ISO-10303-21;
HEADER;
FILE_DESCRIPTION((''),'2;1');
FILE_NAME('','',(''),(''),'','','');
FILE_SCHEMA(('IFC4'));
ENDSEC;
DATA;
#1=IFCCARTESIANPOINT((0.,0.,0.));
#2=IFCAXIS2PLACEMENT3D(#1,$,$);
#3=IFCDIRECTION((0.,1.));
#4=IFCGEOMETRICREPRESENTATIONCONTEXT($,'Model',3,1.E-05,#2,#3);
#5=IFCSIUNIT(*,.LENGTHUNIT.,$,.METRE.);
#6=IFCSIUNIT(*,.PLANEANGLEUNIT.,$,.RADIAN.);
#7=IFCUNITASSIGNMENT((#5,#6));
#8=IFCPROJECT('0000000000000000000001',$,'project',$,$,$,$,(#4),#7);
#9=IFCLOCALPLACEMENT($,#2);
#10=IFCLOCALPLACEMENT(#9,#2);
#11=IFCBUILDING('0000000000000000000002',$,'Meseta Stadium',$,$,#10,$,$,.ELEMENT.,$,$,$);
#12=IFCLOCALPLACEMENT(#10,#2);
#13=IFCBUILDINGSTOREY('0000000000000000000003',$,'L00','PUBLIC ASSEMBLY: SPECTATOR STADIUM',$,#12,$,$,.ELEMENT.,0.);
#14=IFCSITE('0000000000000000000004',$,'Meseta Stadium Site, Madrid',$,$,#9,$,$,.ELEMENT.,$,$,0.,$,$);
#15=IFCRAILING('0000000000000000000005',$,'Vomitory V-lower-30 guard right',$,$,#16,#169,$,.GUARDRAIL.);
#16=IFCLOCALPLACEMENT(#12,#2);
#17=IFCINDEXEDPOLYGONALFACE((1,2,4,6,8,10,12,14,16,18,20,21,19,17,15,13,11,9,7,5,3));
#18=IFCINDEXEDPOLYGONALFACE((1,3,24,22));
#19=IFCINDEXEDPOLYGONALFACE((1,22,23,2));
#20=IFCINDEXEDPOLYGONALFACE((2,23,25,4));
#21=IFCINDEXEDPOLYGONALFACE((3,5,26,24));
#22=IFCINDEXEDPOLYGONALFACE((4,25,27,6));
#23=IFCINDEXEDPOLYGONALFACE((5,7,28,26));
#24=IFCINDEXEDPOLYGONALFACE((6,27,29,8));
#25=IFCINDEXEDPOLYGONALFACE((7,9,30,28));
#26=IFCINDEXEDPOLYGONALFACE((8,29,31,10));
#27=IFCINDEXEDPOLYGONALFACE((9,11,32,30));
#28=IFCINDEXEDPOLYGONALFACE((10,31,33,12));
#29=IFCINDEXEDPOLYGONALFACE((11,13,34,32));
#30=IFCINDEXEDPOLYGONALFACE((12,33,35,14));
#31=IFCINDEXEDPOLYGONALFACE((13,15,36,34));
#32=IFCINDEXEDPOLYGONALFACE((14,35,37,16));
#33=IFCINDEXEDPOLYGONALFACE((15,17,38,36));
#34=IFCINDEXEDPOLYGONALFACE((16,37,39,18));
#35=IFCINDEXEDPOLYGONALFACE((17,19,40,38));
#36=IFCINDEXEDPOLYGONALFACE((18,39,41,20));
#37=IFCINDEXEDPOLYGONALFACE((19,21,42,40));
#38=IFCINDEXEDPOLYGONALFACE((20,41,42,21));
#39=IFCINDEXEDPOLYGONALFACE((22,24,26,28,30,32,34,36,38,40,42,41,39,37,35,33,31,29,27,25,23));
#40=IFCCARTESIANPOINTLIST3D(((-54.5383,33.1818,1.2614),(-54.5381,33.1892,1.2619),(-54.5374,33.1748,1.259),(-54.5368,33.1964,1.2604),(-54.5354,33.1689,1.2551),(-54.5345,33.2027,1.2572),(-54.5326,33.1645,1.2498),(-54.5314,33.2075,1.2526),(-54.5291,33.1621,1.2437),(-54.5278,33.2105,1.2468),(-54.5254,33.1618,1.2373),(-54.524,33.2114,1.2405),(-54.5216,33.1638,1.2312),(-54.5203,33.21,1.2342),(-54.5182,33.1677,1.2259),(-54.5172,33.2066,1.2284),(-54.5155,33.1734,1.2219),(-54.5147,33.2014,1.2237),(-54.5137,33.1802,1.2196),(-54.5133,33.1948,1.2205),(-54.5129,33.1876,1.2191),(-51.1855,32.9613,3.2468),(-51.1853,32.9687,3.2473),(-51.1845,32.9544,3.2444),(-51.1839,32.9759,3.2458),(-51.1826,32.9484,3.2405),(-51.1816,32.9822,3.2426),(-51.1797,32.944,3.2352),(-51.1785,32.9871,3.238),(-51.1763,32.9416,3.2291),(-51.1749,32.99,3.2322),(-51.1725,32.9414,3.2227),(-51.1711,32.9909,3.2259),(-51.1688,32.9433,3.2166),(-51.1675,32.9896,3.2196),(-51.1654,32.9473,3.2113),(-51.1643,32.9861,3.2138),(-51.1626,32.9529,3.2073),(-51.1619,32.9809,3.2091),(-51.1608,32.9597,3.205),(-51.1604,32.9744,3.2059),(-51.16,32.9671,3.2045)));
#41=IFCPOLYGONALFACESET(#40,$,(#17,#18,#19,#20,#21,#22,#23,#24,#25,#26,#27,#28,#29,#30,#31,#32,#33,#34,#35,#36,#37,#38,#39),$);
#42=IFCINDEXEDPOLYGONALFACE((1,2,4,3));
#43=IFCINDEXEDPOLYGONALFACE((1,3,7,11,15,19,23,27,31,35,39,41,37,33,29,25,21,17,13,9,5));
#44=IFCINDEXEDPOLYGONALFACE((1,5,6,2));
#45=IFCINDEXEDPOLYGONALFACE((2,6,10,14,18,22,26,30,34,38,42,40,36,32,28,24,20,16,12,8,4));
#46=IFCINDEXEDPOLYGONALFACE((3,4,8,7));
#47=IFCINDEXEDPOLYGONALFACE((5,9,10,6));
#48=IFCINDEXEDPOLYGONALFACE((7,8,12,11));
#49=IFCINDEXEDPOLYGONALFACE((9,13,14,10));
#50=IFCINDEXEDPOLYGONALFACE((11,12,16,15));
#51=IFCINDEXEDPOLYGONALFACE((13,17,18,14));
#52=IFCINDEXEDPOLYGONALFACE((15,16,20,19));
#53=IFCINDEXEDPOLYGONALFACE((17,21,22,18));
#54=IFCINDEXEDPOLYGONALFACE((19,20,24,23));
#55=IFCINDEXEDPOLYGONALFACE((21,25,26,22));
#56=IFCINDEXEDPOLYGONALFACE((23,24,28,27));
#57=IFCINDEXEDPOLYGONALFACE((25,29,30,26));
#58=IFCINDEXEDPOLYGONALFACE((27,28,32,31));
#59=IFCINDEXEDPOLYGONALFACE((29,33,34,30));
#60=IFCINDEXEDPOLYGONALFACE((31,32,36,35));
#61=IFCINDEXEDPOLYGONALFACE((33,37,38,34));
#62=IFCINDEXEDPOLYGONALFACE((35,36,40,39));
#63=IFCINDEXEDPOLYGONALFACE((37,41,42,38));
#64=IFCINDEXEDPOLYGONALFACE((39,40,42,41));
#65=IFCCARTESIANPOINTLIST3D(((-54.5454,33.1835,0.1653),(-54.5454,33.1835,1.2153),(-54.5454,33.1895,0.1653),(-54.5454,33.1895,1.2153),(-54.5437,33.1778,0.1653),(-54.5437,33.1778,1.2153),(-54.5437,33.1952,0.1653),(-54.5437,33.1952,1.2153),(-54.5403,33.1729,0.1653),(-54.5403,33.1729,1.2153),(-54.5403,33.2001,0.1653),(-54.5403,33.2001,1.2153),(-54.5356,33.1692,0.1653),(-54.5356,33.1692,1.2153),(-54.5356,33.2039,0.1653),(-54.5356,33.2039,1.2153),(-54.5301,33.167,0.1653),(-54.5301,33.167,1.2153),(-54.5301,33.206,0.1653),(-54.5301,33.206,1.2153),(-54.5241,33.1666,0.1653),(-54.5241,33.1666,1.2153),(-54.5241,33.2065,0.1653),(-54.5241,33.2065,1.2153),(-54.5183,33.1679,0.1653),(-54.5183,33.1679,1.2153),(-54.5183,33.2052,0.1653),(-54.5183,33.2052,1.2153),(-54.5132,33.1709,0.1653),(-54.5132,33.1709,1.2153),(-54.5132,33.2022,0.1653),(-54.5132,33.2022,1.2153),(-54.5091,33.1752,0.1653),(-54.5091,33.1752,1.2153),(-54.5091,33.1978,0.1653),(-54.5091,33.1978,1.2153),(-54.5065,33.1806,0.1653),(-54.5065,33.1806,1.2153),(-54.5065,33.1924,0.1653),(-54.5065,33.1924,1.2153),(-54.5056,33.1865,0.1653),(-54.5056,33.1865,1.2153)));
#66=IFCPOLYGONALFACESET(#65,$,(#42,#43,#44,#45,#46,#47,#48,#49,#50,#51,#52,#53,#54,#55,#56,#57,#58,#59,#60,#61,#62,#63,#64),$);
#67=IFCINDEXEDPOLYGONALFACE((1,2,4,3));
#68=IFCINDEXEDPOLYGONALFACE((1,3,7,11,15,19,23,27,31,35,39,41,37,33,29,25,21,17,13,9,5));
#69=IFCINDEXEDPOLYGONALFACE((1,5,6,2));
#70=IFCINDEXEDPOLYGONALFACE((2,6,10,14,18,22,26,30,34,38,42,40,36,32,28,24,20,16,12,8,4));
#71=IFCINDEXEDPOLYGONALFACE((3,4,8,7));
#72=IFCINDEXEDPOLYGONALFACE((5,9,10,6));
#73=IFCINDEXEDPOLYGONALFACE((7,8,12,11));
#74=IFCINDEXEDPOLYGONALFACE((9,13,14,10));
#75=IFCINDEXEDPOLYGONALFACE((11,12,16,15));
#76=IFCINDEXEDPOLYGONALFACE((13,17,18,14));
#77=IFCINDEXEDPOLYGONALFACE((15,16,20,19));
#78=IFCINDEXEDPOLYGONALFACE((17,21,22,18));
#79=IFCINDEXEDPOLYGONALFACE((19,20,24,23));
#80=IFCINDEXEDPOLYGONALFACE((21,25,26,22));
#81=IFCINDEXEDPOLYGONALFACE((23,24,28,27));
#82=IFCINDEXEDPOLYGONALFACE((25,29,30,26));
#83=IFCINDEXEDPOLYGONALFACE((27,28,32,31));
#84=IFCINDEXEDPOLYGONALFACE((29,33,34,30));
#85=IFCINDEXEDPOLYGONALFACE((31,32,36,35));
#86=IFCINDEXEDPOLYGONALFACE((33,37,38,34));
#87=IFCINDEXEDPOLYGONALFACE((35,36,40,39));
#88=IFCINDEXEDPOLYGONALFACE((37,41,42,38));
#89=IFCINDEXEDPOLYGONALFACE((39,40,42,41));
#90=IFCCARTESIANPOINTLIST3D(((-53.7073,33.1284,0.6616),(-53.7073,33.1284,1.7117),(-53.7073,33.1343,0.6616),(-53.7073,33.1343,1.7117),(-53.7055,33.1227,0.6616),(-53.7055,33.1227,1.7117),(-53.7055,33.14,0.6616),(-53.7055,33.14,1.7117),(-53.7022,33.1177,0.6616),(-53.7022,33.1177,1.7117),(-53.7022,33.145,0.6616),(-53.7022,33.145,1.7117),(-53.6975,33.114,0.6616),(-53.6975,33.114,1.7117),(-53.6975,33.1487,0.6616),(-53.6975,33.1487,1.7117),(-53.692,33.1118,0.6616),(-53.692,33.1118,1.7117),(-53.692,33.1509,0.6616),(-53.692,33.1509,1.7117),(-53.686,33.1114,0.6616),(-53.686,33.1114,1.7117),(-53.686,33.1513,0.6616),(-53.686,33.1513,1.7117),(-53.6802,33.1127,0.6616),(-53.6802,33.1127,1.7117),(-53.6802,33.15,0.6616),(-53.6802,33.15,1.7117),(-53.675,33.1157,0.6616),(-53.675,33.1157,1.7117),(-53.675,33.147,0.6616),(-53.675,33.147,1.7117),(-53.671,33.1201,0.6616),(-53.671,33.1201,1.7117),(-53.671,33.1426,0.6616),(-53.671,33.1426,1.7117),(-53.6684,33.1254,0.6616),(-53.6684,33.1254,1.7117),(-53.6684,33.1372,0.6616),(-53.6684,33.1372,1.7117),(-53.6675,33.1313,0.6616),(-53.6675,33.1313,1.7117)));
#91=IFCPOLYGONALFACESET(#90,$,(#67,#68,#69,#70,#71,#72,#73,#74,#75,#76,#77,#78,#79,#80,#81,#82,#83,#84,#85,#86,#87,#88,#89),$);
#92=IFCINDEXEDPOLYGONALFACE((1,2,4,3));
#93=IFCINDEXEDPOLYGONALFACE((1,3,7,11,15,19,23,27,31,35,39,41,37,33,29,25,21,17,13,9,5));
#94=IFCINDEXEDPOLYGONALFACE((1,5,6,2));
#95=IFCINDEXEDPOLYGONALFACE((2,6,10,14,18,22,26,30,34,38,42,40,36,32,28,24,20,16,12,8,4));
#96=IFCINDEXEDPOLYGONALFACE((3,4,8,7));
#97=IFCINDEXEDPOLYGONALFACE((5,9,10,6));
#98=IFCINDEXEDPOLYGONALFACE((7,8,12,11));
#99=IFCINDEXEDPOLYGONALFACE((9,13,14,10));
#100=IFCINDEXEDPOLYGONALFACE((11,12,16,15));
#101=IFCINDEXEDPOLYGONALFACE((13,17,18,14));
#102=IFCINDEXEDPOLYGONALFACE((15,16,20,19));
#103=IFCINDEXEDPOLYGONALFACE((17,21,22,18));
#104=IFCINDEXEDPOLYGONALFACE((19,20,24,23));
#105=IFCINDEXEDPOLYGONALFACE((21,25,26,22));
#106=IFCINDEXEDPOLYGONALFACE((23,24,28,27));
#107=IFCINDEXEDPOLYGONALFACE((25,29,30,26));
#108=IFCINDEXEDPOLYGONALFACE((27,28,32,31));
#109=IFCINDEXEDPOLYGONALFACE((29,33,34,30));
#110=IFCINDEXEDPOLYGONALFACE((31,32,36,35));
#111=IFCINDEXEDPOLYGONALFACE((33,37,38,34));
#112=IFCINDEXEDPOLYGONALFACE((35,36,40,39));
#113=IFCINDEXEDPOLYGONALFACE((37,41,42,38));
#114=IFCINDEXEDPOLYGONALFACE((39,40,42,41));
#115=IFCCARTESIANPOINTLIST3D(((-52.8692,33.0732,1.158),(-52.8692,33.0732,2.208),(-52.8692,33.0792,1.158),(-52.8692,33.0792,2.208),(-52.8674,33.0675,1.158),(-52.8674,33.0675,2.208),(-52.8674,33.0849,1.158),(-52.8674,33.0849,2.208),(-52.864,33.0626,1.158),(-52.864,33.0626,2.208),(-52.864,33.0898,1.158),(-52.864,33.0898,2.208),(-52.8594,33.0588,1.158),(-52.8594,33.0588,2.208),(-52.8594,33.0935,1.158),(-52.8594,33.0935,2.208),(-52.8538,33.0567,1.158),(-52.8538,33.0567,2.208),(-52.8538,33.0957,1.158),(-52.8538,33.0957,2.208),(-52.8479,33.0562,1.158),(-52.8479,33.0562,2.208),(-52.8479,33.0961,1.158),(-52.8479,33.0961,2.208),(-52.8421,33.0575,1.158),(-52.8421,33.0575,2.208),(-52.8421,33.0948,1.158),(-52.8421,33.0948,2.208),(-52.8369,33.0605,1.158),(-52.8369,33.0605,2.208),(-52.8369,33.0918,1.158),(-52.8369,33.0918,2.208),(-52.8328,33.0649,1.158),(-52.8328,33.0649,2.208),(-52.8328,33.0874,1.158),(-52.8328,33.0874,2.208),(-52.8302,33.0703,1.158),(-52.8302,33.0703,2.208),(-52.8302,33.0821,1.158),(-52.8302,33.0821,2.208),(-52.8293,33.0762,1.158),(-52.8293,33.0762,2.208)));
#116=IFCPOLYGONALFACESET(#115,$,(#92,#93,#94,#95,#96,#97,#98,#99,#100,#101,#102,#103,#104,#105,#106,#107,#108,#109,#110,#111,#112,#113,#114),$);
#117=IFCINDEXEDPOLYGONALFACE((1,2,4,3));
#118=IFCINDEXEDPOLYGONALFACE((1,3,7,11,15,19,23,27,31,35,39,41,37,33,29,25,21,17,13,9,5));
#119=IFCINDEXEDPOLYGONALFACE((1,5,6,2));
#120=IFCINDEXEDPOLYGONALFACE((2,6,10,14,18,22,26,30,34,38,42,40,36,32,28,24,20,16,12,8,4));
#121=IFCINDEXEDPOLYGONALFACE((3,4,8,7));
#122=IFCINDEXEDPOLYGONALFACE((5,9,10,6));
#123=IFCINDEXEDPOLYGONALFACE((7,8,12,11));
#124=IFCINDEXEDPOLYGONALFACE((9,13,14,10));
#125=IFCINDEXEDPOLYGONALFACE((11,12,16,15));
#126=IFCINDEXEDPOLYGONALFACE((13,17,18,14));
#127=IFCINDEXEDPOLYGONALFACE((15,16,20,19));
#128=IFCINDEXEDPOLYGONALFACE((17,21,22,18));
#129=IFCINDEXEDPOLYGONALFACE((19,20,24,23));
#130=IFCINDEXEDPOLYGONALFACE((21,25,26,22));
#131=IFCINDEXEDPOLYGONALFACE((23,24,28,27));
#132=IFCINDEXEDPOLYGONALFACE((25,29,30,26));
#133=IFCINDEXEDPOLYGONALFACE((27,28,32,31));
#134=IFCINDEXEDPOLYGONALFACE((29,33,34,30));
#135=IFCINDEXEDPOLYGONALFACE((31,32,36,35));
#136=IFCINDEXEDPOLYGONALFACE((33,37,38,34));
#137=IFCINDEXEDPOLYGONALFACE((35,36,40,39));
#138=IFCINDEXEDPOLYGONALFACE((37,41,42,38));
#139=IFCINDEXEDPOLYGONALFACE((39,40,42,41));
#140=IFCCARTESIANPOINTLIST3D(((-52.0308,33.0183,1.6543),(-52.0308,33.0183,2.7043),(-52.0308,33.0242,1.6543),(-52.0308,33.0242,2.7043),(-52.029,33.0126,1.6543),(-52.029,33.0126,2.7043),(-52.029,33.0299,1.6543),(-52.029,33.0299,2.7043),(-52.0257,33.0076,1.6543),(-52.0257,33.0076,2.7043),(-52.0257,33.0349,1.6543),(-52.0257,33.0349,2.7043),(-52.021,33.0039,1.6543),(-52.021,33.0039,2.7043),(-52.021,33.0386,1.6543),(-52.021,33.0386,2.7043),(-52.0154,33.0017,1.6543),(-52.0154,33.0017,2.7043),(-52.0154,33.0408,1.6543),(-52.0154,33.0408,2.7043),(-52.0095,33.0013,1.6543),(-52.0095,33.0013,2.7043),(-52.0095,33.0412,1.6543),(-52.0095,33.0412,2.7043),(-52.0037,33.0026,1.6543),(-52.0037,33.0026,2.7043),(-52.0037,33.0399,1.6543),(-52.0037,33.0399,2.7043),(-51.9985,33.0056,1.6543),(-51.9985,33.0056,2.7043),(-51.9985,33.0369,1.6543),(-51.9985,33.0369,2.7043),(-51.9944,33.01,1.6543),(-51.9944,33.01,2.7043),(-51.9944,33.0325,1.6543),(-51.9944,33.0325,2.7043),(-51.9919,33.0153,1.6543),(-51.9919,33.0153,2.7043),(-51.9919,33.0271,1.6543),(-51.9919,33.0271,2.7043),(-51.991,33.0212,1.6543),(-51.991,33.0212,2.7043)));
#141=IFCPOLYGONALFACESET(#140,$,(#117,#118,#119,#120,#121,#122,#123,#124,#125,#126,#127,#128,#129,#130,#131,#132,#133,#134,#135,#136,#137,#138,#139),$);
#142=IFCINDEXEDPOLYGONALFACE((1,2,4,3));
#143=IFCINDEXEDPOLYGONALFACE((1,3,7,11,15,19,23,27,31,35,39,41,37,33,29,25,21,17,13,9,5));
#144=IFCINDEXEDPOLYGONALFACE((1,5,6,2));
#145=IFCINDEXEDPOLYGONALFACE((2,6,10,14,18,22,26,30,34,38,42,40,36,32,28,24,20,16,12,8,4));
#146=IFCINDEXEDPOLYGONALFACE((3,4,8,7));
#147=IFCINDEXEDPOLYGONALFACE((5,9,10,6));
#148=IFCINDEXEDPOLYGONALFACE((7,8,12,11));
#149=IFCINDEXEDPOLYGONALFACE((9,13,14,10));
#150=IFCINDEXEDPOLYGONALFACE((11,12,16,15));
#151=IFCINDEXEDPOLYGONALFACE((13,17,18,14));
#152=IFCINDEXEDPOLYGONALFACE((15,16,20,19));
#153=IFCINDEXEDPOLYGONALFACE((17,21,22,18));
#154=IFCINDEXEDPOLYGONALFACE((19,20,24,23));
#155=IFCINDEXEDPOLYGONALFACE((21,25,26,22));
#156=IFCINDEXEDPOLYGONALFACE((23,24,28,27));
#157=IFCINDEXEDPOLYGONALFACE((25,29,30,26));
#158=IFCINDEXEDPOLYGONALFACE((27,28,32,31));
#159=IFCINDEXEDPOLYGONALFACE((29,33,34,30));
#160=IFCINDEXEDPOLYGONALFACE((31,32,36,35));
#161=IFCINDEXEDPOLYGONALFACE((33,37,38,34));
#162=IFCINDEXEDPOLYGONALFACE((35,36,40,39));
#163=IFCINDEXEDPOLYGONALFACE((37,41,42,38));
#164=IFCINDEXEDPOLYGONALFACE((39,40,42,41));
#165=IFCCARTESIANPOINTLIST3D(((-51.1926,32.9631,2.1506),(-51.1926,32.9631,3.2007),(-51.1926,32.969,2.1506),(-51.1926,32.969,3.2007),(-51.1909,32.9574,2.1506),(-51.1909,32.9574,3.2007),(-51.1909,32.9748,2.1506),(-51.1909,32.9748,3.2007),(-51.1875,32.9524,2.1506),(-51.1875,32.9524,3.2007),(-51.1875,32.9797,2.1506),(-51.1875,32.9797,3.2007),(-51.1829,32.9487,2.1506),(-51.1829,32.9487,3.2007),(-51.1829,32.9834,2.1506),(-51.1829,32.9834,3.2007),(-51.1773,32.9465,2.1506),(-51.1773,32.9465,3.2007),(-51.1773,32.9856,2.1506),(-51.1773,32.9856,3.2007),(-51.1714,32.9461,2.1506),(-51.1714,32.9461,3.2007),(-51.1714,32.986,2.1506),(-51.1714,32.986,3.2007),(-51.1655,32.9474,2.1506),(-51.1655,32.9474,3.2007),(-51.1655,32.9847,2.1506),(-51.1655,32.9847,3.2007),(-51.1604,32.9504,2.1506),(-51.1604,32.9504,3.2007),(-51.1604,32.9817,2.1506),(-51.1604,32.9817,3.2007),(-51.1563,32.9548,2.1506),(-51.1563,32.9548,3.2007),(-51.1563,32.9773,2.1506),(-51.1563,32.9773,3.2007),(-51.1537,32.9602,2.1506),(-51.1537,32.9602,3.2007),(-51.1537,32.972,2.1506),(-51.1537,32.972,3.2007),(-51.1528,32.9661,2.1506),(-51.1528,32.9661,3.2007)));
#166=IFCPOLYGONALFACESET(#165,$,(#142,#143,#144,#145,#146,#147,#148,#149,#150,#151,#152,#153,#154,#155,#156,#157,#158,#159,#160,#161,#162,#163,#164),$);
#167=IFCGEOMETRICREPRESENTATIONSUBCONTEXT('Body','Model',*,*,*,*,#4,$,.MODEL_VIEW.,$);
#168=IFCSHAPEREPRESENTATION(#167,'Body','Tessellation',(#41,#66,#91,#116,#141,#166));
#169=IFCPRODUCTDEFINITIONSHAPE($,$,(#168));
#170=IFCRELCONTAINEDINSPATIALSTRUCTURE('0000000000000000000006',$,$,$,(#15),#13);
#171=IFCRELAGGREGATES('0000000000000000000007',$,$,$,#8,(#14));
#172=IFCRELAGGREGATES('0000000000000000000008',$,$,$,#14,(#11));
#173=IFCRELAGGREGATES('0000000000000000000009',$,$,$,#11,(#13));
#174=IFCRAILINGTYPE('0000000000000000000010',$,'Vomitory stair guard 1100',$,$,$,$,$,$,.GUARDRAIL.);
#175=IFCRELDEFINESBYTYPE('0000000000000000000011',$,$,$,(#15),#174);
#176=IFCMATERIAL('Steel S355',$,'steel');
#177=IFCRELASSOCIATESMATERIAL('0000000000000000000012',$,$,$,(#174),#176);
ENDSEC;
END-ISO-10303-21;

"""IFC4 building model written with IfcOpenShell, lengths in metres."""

from ifc_helpers import new_model, si_unit, direction, frame, origin, origin_2d, place, context, subcontext, project, spatial, circle, extrude, material, type_object, element, save


model = new_model("IFC4")

# Units and contexts
model_context = context("Model", 3, precision=1e-05, world=origin(), true_north=direction((0.0, 1.0)))
body_context = subcontext(model_context, "Body", "Model", "MODEL_VIEW")
ifc_project = project(units=[si_unit("LENGTHUNIT", "METRE"), si_unit("PLANEANGLEUNIT", "RADIAN")], contexts=[model_context])

# Site, building, storey
site_placement = place(None, origin())
site = spatial("IfcSite", under=ifc_project, at=site_placement, Name="Meseta Stadium Site, Madrid", CompositionType="ELEMENT", RefElevation=0.0)
building_placement = place(site_placement, origin())
building = spatial("IfcBuilding", under=site, at=building_placement, Name="Meseta Stadium", CompositionType="ELEMENT")
storey_placement = place(building_placement, origin())
storey = spatial("IfcBuildingStorey", under=building, at=storey_placement, Name="L00", Description="PUBLIC ASSEMBLY: SPECTATOR STADIUM", CompositionType="ELEMENT", Elevation=0.0)

# Railing
ifc_material_1 = material(Name="Steel S355", Category="steel")
railing_type_1 = type_object("IfcRailingType", Name="Vomitory stair guard 1100", PredefinedType="GUARDRAIL", material=ifc_material_1)
for number, where, name in (
    (1, (-54.5256, 33.1865, 0.1653), "Vomitory V-lower-30 guard right"),
):
    element("IfcRailing", number, at=place(storey_placement, frame(where)), inside=storey, type_object=railing_type_1, Name=name, PredefinedType="GUARDRAIL", context=body_context, shape_type="SweptSolid", body=[
        extrude(circle(Radius=0.0249, at=origin_2d()), frame((0.0, 0.0, 1.0752), z_axis=(0.859084, -0.056488, 0.508707), x_axis=(0.065612, 0.997845, 0.0)), (0.0, 0.0, 1.0), 3.9028),
        extrude(circle(Radius=0.02, at=origin_2d()), origin(), (0.0, 0.0, 1.0), 1.05),
        extrude(circle(Radius=0.02, at=origin_2d()), frame((0.8381, -0.0552, 0.4963)), (0.0, 0.0, 1.0), 1.05),
        extrude(circle(Radius=0.02, at=origin_2d()), frame((1.6763, -0.1104, 0.9927)), (0.0, 0.0, 1.0), 1.05),
        extrude(circle(Radius=0.02, at=origin_2d()), frame((2.5146, -0.1653, 1.489)), (0.0, 0.0, 1.0), 1.05),
        extrude(circle(Radius=0.02, at=origin_2d()), frame((3.3528, -0.2205, 1.9854)), (0.0, 0.0, 1.0), 1.05),
    ])

save(model, "model.ifc")
